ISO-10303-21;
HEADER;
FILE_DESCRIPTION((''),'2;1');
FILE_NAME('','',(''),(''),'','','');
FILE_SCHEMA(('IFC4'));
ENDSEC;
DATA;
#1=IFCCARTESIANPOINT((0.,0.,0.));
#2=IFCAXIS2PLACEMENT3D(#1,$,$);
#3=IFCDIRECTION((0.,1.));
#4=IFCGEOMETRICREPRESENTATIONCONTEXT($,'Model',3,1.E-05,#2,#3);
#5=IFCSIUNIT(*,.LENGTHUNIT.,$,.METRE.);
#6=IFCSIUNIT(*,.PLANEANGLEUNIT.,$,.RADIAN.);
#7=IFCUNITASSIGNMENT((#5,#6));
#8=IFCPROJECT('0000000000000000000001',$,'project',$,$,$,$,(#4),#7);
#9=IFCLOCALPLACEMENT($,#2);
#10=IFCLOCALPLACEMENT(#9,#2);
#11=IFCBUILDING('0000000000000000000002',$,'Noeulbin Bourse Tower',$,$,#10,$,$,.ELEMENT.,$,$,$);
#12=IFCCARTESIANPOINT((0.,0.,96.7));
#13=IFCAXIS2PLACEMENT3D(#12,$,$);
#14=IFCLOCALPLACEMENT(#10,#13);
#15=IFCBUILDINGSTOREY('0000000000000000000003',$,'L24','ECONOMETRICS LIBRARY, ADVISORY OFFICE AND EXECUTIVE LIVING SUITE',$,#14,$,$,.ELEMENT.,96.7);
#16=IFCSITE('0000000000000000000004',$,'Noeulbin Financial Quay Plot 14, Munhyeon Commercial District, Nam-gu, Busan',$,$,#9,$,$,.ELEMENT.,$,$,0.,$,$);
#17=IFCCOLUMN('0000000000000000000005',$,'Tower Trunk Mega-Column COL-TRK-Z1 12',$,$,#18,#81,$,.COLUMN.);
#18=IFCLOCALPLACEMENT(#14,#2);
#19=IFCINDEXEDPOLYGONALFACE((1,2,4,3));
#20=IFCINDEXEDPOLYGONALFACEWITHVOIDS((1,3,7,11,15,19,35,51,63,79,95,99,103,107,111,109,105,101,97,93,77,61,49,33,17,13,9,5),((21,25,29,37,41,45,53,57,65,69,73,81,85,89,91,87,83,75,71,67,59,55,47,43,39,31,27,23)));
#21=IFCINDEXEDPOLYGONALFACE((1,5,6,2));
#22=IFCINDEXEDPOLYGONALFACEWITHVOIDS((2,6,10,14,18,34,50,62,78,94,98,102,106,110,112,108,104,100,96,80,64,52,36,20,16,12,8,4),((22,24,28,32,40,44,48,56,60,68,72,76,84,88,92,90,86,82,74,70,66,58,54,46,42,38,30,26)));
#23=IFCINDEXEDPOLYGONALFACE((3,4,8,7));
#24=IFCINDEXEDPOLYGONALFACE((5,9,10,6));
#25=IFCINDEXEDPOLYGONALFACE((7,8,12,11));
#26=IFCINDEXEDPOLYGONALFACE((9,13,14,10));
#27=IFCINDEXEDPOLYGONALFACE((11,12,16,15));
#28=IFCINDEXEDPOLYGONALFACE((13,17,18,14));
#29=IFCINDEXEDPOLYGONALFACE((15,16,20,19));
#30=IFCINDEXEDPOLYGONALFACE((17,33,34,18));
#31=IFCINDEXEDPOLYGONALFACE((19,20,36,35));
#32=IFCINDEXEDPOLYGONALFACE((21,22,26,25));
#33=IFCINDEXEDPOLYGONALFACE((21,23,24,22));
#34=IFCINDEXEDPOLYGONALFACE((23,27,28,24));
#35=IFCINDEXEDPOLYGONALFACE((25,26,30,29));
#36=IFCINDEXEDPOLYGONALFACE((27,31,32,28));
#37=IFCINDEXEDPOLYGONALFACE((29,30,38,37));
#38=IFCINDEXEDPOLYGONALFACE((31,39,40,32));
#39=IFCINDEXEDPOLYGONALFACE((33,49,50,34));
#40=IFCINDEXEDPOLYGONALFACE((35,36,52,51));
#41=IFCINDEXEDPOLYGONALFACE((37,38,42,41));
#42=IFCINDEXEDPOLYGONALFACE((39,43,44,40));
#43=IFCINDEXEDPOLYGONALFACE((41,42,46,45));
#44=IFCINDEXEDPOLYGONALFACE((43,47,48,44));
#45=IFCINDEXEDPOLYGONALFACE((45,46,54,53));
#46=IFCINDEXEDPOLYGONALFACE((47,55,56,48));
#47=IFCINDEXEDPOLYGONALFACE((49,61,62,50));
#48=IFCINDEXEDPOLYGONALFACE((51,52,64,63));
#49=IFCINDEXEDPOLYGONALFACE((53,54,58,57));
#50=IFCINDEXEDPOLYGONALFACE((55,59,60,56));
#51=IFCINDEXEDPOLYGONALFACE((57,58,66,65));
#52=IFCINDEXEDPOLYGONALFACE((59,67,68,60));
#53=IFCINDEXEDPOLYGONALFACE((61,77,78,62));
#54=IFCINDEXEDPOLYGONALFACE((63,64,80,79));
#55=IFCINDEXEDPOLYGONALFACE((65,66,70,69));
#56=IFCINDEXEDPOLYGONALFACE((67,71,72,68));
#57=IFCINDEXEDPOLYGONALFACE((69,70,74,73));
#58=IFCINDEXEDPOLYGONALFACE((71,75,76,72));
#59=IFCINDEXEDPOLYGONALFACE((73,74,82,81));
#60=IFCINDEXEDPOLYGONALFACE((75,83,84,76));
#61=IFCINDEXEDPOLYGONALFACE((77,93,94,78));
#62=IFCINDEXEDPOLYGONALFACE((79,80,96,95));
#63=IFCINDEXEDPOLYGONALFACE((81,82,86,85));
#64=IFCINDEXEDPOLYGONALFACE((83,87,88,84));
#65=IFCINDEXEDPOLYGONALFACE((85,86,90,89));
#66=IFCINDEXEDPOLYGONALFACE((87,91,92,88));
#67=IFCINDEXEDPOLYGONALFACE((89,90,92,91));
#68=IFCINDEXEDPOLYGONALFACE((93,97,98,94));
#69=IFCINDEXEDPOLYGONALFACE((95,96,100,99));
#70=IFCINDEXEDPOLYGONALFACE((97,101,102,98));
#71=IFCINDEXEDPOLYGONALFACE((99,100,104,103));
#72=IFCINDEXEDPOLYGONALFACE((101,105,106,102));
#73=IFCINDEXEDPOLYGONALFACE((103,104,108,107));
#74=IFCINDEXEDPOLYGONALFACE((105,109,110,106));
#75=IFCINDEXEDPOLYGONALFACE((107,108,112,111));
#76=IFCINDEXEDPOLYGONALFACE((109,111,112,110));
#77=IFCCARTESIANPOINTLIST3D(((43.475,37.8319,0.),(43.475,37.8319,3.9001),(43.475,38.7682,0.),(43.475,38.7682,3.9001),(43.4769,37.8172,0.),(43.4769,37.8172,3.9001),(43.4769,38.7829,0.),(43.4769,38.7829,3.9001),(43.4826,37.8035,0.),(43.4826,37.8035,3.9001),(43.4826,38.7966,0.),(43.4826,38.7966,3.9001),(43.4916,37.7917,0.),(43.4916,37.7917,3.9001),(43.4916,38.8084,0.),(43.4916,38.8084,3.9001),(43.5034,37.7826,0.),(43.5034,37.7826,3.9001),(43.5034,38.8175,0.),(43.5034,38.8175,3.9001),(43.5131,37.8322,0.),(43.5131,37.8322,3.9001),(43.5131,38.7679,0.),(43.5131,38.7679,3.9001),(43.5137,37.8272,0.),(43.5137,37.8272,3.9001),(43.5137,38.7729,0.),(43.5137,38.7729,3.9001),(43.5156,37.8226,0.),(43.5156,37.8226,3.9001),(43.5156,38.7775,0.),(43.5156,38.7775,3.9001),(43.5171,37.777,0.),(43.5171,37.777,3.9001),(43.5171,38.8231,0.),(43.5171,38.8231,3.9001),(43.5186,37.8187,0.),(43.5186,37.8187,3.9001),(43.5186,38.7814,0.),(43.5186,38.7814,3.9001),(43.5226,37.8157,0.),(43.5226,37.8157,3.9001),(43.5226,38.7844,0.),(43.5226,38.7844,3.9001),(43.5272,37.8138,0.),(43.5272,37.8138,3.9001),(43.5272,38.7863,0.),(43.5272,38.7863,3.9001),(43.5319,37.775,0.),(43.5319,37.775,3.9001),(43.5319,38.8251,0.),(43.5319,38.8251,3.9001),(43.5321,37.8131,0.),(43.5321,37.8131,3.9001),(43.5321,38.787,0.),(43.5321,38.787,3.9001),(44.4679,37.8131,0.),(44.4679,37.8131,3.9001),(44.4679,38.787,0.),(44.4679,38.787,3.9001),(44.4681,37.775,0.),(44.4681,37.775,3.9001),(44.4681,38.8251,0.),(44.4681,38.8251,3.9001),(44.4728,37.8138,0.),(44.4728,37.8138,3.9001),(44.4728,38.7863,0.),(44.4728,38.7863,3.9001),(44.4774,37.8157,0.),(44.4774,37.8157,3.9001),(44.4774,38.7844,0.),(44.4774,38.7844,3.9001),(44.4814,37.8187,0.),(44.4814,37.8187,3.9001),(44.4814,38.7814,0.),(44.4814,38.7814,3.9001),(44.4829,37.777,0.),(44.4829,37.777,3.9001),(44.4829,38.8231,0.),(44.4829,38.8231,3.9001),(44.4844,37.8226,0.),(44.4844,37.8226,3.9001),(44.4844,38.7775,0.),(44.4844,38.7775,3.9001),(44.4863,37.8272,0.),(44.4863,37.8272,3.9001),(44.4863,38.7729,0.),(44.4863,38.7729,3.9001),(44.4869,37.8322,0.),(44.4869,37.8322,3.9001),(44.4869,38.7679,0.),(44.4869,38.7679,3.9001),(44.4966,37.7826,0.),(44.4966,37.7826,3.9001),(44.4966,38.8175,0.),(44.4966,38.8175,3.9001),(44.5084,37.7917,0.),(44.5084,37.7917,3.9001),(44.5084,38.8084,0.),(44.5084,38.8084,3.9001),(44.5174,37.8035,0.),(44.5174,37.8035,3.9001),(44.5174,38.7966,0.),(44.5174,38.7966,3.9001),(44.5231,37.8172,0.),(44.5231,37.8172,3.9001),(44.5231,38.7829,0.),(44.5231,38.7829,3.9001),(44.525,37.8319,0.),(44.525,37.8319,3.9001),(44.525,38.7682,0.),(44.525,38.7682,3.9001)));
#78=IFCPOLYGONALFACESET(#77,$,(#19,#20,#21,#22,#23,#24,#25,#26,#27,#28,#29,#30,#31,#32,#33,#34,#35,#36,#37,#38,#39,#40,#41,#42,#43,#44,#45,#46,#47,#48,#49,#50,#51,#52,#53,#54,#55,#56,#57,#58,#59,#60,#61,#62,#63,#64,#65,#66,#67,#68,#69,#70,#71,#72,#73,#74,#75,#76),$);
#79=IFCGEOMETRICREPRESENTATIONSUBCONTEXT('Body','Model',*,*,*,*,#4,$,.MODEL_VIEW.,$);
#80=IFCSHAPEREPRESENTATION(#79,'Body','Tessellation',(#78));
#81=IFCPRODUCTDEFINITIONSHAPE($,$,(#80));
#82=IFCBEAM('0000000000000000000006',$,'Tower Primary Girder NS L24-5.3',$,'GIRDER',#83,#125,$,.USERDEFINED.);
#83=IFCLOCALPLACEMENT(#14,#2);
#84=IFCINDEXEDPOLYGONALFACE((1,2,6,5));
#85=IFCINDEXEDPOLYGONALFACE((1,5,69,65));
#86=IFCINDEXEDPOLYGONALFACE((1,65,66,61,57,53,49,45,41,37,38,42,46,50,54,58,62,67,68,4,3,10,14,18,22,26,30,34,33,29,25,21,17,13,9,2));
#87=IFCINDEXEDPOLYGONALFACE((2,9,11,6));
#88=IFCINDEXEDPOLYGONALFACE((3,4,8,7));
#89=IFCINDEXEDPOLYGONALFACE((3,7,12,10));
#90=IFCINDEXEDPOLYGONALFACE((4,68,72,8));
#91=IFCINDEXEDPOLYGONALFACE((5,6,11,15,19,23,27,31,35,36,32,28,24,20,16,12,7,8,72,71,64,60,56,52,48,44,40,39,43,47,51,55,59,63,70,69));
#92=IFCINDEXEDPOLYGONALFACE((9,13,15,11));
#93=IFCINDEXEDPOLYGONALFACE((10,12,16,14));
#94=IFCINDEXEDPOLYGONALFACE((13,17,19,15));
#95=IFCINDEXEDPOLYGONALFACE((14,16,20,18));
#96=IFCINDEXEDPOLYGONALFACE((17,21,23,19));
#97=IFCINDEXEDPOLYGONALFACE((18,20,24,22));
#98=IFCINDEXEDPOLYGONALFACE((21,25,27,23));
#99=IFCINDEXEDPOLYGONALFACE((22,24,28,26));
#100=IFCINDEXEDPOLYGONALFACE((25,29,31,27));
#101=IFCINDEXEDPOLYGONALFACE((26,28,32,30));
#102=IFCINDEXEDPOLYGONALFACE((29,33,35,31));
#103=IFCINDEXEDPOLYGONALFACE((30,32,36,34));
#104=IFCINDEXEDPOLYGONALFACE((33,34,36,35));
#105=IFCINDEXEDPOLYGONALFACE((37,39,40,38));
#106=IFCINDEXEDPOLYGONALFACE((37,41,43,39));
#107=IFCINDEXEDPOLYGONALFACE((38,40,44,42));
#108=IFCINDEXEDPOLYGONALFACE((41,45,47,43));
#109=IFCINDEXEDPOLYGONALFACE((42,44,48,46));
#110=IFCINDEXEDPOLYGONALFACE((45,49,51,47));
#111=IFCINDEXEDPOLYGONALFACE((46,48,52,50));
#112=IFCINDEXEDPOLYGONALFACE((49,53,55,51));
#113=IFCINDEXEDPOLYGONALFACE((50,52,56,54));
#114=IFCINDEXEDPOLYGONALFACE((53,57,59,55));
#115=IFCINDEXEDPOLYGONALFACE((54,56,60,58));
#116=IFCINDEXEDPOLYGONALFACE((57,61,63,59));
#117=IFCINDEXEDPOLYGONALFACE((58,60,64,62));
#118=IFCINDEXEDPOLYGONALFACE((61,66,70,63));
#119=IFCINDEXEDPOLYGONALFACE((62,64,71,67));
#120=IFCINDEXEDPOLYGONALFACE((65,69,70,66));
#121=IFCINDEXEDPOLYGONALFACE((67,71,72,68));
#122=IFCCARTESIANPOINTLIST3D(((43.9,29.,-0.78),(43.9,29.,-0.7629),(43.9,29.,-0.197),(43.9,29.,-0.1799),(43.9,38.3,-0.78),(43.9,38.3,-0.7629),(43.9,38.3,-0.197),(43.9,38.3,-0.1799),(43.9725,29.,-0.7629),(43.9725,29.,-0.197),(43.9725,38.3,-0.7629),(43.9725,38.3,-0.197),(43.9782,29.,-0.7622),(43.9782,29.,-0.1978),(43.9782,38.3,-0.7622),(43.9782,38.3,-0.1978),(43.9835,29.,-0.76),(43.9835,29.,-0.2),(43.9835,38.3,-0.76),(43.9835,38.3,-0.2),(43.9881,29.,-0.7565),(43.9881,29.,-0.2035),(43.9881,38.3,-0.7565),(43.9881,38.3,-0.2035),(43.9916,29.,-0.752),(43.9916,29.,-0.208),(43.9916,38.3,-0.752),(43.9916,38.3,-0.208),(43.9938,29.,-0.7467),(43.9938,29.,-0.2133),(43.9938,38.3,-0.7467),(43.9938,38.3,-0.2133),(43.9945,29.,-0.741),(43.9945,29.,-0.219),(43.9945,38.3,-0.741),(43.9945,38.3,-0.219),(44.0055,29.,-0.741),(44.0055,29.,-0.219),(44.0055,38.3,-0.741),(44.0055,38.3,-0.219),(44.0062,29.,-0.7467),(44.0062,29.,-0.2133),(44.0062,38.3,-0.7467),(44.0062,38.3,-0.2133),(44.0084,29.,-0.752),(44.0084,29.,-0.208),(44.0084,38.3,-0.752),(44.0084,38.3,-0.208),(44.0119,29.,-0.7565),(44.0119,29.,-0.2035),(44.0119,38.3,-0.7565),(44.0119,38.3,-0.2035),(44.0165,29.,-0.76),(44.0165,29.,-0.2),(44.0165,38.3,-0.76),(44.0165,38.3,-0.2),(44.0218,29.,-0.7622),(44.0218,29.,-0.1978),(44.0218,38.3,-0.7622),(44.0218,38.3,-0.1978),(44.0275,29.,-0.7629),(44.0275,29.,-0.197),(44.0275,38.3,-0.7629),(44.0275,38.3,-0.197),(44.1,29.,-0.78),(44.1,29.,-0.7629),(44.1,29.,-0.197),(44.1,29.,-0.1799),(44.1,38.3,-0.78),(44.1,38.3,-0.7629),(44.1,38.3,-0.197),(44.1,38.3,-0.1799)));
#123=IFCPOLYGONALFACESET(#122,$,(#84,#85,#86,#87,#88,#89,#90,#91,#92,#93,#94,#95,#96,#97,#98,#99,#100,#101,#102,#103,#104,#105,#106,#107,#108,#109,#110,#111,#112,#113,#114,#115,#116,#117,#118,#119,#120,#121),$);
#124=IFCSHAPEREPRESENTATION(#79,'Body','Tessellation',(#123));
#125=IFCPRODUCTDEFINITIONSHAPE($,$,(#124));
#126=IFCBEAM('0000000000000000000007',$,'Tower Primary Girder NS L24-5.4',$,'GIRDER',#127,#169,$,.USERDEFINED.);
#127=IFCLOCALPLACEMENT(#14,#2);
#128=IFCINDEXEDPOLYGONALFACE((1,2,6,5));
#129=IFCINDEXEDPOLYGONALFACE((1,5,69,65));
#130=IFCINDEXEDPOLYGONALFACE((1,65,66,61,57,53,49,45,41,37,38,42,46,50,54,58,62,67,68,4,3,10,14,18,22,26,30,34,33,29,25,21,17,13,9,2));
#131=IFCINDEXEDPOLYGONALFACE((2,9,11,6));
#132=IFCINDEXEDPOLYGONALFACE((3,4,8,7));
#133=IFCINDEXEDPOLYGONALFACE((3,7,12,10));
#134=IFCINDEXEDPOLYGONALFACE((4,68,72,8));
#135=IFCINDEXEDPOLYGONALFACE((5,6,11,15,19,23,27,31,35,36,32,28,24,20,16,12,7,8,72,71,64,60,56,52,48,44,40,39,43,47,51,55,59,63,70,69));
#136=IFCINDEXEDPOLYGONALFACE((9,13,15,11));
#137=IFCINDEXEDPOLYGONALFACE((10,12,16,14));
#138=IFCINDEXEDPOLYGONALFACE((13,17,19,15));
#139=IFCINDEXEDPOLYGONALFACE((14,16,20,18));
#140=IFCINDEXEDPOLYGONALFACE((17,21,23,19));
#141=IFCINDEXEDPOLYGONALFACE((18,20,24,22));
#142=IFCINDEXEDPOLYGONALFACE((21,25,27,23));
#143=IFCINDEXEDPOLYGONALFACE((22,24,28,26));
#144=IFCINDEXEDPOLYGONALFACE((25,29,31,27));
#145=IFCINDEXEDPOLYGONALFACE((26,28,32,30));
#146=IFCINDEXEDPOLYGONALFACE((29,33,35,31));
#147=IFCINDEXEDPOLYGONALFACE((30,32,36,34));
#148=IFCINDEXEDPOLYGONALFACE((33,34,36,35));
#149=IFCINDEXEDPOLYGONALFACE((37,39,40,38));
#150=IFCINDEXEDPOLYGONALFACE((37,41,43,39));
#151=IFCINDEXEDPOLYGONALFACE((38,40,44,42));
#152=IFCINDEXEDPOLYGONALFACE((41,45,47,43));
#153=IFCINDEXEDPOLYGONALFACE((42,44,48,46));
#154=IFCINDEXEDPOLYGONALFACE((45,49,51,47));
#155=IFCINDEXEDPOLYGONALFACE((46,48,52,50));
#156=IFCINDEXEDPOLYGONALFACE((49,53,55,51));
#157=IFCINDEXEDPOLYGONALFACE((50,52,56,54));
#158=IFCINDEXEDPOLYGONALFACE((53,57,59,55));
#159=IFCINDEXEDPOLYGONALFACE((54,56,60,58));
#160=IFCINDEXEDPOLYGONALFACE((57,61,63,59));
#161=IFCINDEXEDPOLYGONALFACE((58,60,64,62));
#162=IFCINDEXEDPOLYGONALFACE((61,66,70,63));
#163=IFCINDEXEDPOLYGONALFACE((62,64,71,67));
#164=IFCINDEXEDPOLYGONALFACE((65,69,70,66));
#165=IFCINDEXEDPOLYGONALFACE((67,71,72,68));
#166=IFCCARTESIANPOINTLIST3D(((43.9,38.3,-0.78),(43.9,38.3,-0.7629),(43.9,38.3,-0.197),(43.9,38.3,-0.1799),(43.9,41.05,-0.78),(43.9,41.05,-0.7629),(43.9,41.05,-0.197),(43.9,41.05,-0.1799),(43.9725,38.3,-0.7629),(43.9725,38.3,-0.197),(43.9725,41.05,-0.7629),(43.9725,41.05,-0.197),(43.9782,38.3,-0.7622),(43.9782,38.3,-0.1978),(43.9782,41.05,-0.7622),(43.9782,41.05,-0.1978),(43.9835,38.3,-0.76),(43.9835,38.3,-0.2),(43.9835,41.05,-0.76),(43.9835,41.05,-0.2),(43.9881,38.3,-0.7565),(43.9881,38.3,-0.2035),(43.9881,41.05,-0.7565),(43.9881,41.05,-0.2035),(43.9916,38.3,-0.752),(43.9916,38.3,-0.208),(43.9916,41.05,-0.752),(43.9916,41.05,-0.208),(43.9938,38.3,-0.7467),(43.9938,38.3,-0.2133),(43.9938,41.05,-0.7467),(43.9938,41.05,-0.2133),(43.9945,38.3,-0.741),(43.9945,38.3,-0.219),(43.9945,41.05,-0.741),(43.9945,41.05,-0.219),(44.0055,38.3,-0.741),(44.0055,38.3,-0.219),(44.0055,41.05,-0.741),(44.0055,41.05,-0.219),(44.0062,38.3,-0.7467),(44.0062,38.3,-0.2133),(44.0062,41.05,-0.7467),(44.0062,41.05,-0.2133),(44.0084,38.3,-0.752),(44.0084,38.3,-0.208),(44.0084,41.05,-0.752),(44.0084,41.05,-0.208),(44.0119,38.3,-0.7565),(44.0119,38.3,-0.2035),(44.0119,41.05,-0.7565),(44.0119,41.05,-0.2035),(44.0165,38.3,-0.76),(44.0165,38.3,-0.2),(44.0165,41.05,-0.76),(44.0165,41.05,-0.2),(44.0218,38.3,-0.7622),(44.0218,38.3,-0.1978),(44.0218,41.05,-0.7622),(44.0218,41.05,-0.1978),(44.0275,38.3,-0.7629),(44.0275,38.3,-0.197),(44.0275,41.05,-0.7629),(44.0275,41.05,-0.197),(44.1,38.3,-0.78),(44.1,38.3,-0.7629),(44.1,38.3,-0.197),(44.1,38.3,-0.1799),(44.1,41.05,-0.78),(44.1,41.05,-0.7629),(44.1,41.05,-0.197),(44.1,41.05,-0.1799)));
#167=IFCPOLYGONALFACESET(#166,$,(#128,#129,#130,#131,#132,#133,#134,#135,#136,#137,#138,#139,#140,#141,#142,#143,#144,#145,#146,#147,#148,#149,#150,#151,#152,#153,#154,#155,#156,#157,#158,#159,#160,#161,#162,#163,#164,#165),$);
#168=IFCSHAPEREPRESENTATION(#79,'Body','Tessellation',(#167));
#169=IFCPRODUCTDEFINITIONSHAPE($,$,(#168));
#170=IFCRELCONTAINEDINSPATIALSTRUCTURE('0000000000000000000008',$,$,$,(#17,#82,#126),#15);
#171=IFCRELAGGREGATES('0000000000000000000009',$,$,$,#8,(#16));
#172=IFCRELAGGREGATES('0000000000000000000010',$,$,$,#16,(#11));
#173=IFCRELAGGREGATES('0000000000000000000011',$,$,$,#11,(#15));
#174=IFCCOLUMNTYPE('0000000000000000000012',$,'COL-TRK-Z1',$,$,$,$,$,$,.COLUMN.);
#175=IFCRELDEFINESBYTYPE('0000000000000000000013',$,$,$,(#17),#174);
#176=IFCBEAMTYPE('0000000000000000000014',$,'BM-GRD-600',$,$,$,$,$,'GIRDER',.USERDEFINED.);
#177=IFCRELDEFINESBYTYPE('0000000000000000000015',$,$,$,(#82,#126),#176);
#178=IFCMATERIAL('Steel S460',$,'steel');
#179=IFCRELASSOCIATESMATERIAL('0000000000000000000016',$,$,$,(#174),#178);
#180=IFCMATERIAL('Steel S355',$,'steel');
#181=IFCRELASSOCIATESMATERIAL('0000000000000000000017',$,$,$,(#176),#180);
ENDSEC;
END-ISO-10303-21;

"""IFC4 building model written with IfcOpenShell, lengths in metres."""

from ifc_helpers import new_model, si_unit, direction, frame, origin, origin_2d, place, context, subcontext, project, spatial, hollow_rectangle, i_section, extrude, material, material_profile, profile_set, type_object, element, save


model = new_model("IFC4")

# Units and contexts
model_context = context("Model", 3, precision=1e-05, world=origin(), true_north=direction((0.0, 1.0)))
body_context = subcontext(model_context, "Body", "Model", "MODEL_VIEW")
ifc_project = project(units=[si_unit("LENGTHUNIT", "METRE"), si_unit("PLANEANGLEUNIT", "RADIAN")], contexts=[model_context])

# Site, building, storey
site_placement = place(None, origin())
site = spatial("IfcSite", under=ifc_project, at=site_placement, Name="Noeulbin Financial Quay Plot 14, Munhyeon Commercial District, Nam-gu, Busan", CompositionType="ELEMENT", RefElevation=0.0)
building_placement = place(site_placement, origin())
building = spatial("IfcBuilding", under=site, at=building_placement, Name="Noeulbin Bourse Tower", CompositionType="ELEMENT")
storey_placement = place(building_placement, frame((0.0, 0.0, 96.7)))
storey = spatial("IfcBuildingStorey", under=building, at=storey_placement, Name="L24", Description="ECONOMETRICS LIBRARY, ADVISORY OFFICE AND EXECUTIVE LIVING SUITE", CompositionType="ELEMENT", Elevation=96.7)

# Column
ifc_material_1 = material(Name="Steel S460", Category="steel")
ifc_material_profile_1 = material_profile(ifc_material_1, hollow_rectangle(XDim=1.05, YDim=1.05, WallThickness=0.0381, InnerFilletRadius=0.019, OuterFilletRadius=0.0569, at=origin_2d()), Name="BOX-1050x1050x38", Category="LoadBearing")
ifc_profile_set_1 = profile_set([ifc_material_profile_1], Name="Steel S460")
column_type_1 = type_object("IfcColumnType", Name="COL-TRK-Z1", PredefinedType="COLUMN", material=ifc_profile_set_1)
for number, where, z_axis, x_axis, name in (
    (1, (44.0, 38.3, 0.0), (0.0, 0.0, 1.0), (1.0, 0.0, 0.0), "Tower Trunk Mega-Column COL-TRK-Z1 12"),
):
    element("IfcColumn", number, at=place(storey_placement, frame(where, z_axis=z_axis, x_axis=x_axis)), inside=storey, type_object=column_type_1, Name=name, PredefinedType="COLUMN", context=body_context, shape_type="SweptSolid", body=[
        extrude(hollow_rectangle(XDim=1.05, YDim=1.05, WallThickness=0.0381, InnerFilletRadius=0.019, OuterFilletRadius=0.0569, at=origin_2d()), origin(), (0.0, 0.0, 1.0), 3.9001),
    ])

# Beams
ifc_material_2 = material(Name="Steel S355", Category="steel")
ifc_material_profile_2 = material_profile(ifc_material_2, i_section(OverallWidth=0.2, OverallDepth=0.6001, WebThickness=0.011, FlangeThickness=0.0171, FilletRadius=0.022, at=origin_2d()), Name="H-600x200x11x17", Category="LoadBearing")
ifc_profile_set_2 = profile_set([ifc_material_profile_2], Name="Steel S355")
beam_type_1 = type_object("IfcBeamType", Name="BM-GRD-600", ElementType="GIRDER", PredefinedType="USERDEFINED", material=ifc_profile_set_2)
beam_1_placement = place(storey_placement, frame((44.0, 29.0, -0.48), z_axis=(0.0, 1.0, 0.0), x_axis=(-1.0, 0.0, 0.0)))
element("IfcBeam", 2, at=beam_1_placement, inside=storey, type_object=beam_type_1, Name="Tower Primary Girder NS L24-5.3", ObjectType="GIRDER", PredefinedType="USERDEFINED", context=body_context, shape_type="SweptSolid", body=[
    extrude(i_section(OverallWidth=0.2, OverallDepth=0.6001, WebThickness=0.011, FlangeThickness=0.0171, FilletRadius=0.022, at=origin_2d()), origin(), (0.0, 0.0, 1.0), 9.3),
])
beam_2_placement = place(storey_placement, frame((44.0, 38.3, -0.48), z_axis=(0.0, 1.0, 0.0), x_axis=(-1.0, 0.0, 0.0)))
element("IfcBeam", 3, at=beam_2_placement, inside=storey, type_object=beam_type_1, Name="Tower Primary Girder NS L24-5.4", ObjectType="GIRDER", PredefinedType="USERDEFINED", context=body_context, shape_type="SweptSolid", body=[
    extrude(i_section(OverallWidth=0.2, OverallDepth=0.6001, WebThickness=0.011, FlangeThickness=0.0171, FilletRadius=0.022, at=origin_2d()), origin(), (0.0, 0.0, 1.0), 2.75),
])

save(model, "model.ifc")
